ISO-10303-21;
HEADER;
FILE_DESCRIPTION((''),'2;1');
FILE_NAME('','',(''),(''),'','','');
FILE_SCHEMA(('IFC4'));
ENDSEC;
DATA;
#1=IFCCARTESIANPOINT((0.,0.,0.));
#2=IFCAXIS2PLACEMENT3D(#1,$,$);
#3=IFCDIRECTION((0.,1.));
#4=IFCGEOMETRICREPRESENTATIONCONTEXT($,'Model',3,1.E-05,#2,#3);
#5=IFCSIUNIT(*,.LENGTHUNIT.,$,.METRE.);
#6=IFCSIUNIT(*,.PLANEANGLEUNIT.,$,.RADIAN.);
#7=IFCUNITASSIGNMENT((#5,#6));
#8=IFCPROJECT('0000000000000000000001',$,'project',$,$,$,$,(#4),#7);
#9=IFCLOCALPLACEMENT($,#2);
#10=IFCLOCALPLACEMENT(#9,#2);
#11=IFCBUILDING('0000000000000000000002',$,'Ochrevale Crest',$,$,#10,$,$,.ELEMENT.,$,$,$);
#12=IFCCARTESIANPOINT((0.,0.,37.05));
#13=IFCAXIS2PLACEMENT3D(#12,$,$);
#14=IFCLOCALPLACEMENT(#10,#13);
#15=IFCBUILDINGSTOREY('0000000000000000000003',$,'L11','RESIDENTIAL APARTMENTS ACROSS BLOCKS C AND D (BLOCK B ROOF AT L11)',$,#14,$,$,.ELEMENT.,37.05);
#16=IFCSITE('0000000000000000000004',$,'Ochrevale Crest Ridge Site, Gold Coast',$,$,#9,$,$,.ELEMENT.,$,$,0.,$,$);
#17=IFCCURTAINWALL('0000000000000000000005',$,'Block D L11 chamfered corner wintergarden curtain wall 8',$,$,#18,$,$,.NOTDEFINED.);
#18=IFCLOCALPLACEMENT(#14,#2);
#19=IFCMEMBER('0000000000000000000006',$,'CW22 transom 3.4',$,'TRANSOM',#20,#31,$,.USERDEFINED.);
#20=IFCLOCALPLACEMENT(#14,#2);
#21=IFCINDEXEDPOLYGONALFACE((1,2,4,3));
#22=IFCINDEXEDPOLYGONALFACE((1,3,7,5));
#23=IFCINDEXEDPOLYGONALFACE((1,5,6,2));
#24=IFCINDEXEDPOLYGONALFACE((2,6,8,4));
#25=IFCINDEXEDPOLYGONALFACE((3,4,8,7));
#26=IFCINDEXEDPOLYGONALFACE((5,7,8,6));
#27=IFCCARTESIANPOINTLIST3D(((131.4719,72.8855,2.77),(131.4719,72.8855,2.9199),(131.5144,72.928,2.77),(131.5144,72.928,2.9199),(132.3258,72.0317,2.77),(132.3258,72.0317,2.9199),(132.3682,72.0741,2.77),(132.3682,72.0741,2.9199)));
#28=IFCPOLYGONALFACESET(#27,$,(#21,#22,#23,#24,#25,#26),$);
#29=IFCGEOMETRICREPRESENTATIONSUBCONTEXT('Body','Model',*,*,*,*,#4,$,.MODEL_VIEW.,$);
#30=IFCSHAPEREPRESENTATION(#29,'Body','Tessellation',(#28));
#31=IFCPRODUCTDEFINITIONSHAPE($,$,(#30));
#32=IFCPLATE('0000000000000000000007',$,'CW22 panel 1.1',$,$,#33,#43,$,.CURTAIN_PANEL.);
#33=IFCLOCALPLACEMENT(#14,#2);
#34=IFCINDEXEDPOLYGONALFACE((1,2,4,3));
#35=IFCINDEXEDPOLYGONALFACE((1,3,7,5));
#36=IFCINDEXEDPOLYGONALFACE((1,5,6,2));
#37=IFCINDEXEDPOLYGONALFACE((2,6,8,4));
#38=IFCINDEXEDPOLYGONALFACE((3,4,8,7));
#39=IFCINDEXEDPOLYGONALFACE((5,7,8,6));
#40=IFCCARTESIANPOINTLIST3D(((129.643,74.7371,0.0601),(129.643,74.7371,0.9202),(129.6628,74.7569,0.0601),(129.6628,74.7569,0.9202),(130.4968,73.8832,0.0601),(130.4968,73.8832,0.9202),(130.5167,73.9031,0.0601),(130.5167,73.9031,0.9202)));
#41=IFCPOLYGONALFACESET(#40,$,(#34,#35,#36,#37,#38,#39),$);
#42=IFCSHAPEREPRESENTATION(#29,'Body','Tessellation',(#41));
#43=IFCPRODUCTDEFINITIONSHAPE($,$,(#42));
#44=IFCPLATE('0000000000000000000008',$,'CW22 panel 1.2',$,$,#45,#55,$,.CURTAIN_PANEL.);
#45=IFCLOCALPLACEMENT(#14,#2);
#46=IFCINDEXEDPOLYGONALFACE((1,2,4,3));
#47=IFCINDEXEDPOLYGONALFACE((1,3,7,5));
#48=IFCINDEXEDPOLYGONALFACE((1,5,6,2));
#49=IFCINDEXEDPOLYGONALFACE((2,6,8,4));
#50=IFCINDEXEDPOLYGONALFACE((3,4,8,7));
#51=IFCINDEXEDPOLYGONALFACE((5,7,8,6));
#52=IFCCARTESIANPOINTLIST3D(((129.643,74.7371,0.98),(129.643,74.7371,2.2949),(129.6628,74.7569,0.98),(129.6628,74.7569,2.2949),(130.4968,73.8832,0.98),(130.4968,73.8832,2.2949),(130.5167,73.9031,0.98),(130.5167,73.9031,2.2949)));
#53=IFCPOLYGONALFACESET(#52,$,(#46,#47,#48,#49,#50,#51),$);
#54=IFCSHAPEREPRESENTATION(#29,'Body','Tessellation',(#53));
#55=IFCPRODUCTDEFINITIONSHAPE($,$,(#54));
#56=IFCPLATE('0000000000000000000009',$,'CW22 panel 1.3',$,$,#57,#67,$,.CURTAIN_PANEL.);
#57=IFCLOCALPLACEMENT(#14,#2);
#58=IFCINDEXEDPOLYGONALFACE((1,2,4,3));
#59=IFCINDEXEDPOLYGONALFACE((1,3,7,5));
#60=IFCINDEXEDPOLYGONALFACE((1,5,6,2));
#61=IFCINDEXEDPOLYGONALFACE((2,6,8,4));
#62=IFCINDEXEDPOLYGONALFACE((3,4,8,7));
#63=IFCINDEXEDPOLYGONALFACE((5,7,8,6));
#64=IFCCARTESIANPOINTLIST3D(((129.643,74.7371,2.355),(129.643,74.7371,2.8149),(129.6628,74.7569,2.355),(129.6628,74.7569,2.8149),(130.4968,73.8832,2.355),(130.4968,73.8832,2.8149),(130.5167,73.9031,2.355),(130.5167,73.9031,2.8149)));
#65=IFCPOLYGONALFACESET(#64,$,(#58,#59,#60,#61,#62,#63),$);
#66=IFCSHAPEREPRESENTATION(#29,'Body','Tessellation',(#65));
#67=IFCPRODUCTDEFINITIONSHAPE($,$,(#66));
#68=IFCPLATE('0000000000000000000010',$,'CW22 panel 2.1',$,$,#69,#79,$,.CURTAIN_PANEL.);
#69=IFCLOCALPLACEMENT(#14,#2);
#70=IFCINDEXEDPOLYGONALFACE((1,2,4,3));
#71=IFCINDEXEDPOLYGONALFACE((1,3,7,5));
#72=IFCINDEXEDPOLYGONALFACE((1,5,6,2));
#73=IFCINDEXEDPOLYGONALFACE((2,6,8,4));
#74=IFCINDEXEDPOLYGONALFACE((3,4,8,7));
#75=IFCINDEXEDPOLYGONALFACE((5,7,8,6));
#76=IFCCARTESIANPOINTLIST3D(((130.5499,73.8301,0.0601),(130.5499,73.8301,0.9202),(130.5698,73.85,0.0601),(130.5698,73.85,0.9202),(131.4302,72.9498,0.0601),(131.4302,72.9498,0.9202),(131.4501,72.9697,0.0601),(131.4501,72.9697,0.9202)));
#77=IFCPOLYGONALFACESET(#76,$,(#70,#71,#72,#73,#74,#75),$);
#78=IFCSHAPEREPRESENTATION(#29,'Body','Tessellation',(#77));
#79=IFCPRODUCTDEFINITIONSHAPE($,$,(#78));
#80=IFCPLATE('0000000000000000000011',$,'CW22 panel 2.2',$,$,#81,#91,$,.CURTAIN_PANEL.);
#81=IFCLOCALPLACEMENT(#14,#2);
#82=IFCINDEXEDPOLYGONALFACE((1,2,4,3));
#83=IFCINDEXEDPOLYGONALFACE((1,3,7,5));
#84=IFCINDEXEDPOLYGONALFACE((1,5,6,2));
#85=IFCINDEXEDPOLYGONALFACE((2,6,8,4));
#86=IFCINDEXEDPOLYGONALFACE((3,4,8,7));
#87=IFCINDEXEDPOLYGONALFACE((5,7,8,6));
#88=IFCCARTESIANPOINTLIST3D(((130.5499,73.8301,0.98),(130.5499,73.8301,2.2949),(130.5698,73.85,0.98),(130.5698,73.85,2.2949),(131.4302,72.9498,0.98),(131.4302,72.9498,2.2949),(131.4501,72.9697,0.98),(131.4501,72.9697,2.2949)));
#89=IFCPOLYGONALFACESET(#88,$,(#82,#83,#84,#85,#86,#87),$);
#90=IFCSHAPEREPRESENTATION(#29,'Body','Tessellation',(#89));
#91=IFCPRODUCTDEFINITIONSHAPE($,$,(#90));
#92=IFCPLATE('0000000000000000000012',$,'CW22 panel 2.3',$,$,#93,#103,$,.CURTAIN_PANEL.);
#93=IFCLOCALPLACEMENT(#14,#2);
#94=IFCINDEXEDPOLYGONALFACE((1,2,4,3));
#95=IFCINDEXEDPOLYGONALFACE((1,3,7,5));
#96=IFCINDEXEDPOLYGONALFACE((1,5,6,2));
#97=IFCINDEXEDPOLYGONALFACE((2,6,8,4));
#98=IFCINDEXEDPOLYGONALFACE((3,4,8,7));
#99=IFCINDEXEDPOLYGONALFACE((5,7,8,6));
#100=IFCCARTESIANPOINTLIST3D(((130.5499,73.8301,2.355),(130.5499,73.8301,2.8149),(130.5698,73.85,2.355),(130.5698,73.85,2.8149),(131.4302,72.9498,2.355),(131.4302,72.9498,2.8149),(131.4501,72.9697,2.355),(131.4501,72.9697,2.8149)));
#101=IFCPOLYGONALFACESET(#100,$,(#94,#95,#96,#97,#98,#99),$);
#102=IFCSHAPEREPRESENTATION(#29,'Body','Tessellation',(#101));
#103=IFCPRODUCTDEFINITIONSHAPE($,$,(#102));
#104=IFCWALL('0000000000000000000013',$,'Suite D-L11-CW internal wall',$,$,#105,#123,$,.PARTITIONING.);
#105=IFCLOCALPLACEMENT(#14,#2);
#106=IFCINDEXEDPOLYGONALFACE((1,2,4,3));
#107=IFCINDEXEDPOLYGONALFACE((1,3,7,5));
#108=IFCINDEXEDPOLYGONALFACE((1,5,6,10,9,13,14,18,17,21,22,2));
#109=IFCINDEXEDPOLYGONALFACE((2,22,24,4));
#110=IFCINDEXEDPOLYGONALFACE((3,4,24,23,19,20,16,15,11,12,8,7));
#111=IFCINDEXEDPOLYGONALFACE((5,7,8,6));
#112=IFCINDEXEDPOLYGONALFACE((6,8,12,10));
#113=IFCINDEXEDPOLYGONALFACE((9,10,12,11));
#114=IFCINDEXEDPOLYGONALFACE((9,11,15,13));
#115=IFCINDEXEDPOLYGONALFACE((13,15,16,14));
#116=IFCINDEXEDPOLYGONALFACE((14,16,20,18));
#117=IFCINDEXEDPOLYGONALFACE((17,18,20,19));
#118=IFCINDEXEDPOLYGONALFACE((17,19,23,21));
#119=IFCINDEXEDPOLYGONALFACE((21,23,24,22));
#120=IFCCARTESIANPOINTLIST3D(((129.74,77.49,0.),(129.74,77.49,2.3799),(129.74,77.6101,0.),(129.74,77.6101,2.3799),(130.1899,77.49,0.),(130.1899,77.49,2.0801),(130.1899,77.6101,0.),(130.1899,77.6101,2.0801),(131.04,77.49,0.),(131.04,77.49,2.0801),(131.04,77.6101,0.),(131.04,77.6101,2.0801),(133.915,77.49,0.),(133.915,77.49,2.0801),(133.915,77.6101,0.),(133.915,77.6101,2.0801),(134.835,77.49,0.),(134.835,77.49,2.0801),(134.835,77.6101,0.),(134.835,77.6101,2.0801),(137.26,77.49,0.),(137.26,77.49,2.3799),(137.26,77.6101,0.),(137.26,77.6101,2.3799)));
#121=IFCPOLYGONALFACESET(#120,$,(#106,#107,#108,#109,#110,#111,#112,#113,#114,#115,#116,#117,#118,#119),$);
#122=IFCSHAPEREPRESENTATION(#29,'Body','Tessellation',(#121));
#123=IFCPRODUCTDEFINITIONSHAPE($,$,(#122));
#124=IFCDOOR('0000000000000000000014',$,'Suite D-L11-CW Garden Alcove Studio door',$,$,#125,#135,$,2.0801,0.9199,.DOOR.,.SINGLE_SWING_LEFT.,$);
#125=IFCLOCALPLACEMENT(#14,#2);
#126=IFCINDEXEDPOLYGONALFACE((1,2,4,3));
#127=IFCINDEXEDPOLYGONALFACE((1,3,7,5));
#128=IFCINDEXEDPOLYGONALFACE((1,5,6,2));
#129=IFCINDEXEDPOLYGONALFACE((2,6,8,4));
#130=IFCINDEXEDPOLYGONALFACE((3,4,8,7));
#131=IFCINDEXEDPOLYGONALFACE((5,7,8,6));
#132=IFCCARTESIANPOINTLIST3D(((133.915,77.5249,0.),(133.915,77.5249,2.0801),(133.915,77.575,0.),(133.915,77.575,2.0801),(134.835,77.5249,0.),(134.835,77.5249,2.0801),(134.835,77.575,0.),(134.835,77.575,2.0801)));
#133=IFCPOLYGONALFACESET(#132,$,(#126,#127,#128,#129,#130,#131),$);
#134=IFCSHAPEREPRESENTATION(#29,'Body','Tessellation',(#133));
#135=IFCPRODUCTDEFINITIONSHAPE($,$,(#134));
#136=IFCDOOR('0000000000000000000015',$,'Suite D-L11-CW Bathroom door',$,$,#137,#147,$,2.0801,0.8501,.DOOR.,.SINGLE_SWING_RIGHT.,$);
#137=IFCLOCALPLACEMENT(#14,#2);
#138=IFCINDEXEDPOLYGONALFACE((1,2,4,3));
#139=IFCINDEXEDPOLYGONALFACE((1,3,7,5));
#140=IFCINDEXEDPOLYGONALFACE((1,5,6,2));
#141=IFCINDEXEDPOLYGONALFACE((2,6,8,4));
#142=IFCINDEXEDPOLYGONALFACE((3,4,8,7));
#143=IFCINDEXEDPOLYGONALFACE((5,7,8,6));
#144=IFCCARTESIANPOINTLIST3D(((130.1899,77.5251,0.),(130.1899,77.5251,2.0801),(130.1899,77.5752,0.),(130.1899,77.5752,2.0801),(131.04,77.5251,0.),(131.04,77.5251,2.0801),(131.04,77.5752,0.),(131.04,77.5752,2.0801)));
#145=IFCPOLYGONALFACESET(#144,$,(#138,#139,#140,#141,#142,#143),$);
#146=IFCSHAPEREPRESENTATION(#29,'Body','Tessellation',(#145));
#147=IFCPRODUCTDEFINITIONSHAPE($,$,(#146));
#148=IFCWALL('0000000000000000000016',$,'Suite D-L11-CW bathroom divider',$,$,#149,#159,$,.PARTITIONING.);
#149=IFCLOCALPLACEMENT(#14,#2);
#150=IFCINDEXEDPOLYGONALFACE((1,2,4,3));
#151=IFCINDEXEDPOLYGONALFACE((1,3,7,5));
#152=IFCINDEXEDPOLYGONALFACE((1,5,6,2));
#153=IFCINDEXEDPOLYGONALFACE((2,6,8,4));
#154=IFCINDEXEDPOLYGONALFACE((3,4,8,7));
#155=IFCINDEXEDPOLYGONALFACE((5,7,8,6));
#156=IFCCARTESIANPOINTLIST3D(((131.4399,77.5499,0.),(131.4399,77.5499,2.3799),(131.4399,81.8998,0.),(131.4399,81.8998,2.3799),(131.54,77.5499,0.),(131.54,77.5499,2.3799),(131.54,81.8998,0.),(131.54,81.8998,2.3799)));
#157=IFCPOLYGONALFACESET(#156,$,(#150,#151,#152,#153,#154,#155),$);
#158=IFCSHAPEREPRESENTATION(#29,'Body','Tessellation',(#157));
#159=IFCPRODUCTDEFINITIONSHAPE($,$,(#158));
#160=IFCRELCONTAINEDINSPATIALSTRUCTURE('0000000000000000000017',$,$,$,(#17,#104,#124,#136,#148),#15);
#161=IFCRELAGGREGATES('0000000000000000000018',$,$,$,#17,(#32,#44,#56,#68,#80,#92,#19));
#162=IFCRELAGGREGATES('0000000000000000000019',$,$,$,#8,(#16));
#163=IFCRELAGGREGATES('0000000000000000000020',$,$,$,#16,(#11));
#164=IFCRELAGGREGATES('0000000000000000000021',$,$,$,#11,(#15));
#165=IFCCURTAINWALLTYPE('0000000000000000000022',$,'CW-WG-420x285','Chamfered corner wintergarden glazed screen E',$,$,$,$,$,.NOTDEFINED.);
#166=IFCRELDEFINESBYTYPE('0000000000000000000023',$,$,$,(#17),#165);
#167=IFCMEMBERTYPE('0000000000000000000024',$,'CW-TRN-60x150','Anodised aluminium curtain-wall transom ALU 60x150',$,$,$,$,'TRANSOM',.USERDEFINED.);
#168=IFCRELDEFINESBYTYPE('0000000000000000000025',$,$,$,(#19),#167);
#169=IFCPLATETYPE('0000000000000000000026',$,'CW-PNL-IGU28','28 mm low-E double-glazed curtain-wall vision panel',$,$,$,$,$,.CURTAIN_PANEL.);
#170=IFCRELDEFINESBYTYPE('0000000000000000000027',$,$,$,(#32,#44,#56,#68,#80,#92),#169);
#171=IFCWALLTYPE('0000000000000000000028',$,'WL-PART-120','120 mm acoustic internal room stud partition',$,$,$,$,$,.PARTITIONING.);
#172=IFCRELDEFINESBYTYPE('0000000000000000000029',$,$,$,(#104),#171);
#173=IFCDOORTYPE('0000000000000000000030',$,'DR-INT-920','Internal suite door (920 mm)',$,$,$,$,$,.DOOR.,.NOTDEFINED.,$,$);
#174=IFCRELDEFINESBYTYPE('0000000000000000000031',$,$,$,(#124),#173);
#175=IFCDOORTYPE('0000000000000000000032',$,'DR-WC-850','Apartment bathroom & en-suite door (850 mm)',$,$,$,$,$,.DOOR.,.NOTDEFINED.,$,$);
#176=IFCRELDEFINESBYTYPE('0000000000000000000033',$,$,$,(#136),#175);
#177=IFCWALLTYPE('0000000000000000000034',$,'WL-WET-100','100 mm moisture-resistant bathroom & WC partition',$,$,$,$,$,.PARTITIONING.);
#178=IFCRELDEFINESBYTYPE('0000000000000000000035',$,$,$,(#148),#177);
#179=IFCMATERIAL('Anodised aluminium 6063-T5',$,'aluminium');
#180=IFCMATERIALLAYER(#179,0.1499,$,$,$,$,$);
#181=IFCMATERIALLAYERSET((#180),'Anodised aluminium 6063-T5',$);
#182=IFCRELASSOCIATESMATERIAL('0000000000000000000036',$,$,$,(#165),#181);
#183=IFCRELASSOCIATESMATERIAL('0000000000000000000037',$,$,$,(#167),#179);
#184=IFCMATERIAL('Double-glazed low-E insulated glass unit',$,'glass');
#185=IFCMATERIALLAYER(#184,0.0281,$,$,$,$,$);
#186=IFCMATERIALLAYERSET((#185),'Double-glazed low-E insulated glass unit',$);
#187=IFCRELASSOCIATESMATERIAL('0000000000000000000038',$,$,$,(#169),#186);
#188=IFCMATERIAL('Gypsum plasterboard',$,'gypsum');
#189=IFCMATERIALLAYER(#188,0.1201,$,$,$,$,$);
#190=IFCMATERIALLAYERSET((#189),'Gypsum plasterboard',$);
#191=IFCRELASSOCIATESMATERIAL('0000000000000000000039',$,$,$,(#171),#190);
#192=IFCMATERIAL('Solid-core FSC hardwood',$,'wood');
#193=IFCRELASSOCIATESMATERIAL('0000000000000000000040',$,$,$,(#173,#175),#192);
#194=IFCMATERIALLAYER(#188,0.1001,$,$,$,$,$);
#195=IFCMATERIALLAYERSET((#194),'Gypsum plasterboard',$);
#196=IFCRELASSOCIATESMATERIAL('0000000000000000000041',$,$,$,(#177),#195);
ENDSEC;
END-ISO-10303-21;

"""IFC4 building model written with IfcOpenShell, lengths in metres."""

from ifc_helpers import new_model, si_unit, direction, frame, frame_2d, origin, origin_2d, place, context, subcontext, project, spatial, rectangle, extrude, material, layer, layer_set, material_profile, profile_set, type_object, element, fill, aggregate, save


model = new_model("IFC4")

# Units and contexts
model_context = context("Model", 3, precision=1e-05, world=origin(), true_north=direction((0.0, 1.0)))
body_context = subcontext(model_context, "Body", "Model", "MODEL_VIEW")
ifc_project = project(units=[si_unit("LENGTHUNIT", "METRE"), si_unit("PLANEANGLEUNIT", "RADIAN")], contexts=[model_context])

# Site, building, storey
site_placement = place(None, origin())
site = spatial("IfcSite", under=ifc_project, at=site_placement, Name="Ochrevale Crest Ridge Site, Gold Coast", CompositionType="ELEMENT", RefElevation=0.0)
building_placement = place(site_placement, origin())
building = spatial("IfcBuilding", under=site, at=building_placement, Name="Ochrevale Crest", CompositionType="ELEMENT")
storey_placement = place(building_placement, frame((0.0, 0.0, 37.05)))
storey = spatial("IfcBuildingStorey", under=building, at=storey_placement, Name="L11", Description="RESIDENTIAL APARTMENTS ACROSS BLOCKS C AND D (BLOCK B ROOF AT L11)", CompositionType="ELEMENT", Elevation=37.05)

# Curtain wall, member, plates
ifc_material_1 = material(Name="Anodised aluminium 6063-T5", Category="aluminium")
ifc_layer_1 = layer(ifc_material_1, 0.1499)
ifc_layer_set_1 = layer_set([ifc_layer_1], Name="Anodised aluminium 6063-T5")
curtain_wall_type = type_object("IfcCurtainWallType", Name="CW-WG-420x285", Description="Chamfered corner wintergarden glazed screen E", PredefinedType="NOTDEFINED", material=ifc_layer_set_1)
curtain_wall_placement = place(storey_placement, origin())
curtain_wall = element("IfcCurtainWall", 1, at=curtain_wall_placement, inside=storey, type_object=curtain_wall_type, Name="Block D L11 chamfered corner wintergarden curtain wall 8", PredefinedType="NOTDEFINED")
ifc_material_profile_1 = material_profile(ifc_material_1, rectangle(XDim=0.0601, YDim=0.1499, at=origin_2d()), Name="ALU 60x150")
ifc_profile_set_1 = profile_set([ifc_material_profile_1], Name="Anodised aluminium 6063-T5")
member_type_1 = type_object("IfcMemberType", Name="CW-TRN-60x150", Description="Anodised aluminium curtain-wall transom ALU 60x150", ElementType="TRANSOM", PredefinedType="USERDEFINED", material=ifc_profile_set_1)
member_1_placement = place(storey_placement, frame((131.4932, 72.9067, 2.845), z_axis=(0.707107, -0.707107, 0.0), x_axis=(0.707107, 0.707107, 0.0)))
member_1 = element("IfcMember", 2, at=member_1_placement, type_object=member_type_1, Name="CW22 transom 3.4", ObjectType="TRANSOM", PredefinedType="USERDEFINED", context=body_context, shape_type="SweptSolid", body=[
    extrude(rectangle(XDim=0.0601, YDim=0.1499, at=origin_2d()), origin(), (0.0, 0.0, 1.0), 1.2075),
])
ifc_material_2 = material(Name="Double-glazed low-E insulated glass unit", Category="glass")
ifc_layer_2 = layer(ifc_material_2, 0.0281)
ifc_layer_set_2 = layer_set([ifc_layer_2], Name="Double-glazed low-E insulated glass unit")
plate_type = type_object("IfcPlateType", Name="CW-PNL-IGU28", Description="28 mm low-E double-glazed curtain-wall vision panel", PredefinedType="CURTAIN_PANEL", material=ifc_layer_set_2)
plate_1_placement = place(storey_placement, frame((130.0798, 74.3201, 0.0601), z_axis=(0.0, 0.0, 1.0), x_axis=(0.707107, -0.707107, 0.0)))
plate_1 = element("IfcPlate", 3, at=plate_1_placement, type_object=plate_type, Name="CW22 panel 1.1", PredefinedType="CURTAIN_PANEL", context=body_context, shape_type="SweptSolid", body=[
    extrude(rectangle(XDim=1.2075, YDim=0.0281, at=origin_2d()), origin(), (0.0, 0.0, 1.0), 0.8601),
])
plate_2_placement = place(storey_placement, frame((130.0798, 74.3201, 0.98), z_axis=(0.0, 0.0, 1.0), x_axis=(0.707107, -0.707107, 0.0)))
plate_2 = element("IfcPlate", 4, at=plate_2_placement, type_object=plate_type, Name="CW22 panel 1.2", PredefinedType="CURTAIN_PANEL", context=body_context, shape_type="SweptSolid", body=[
    extrude(rectangle(XDim=1.2075, YDim=0.0281, at=origin_2d()), origin(), (0.0, 0.0, 1.0), 1.3149),
])
plate_3_placement = place(storey_placement, frame((130.0798, 74.3201, 2.355), z_axis=(0.0, 0.0, 1.0), x_axis=(0.707107, -0.707107, 0.0)))
plate_3 = element("IfcPlate", 5, at=plate_3_placement, type_object=plate_type, Name="CW22 panel 1.3", PredefinedType="CURTAIN_PANEL", context=body_context, shape_type="SweptSolid", body=[
    extrude(rectangle(XDim=1.2075, YDim=0.0281, at=origin_2d()), origin(), (0.0, 0.0, 1.0), 0.46),
])
plate_4_placement = place(storey_placement, frame((131.0, 73.3999, 0.0601), z_axis=(0.0, 0.0, 1.0), x_axis=(0.707107, -0.707107, 0.0)))
plate_4 = element("IfcPlate", 6, at=plate_4_placement, type_object=plate_type, Name="CW22 panel 2.1", PredefinedType="CURTAIN_PANEL", context=body_context, shape_type="SweptSolid", body=[
    extrude(rectangle(XDim=1.2449, YDim=0.0281, at=origin_2d()), origin(), (0.0, 0.0, 1.0), 0.8601),
])
plate_5_placement = place(storey_placement, frame((131.0, 73.3999, 0.98), z_axis=(0.0, 0.0, 1.0), x_axis=(0.707107, -0.707107, 0.0)))
plate_5 = element("IfcPlate", 7, at=plate_5_placement, type_object=plate_type, Name="CW22 panel 2.2", PredefinedType="CURTAIN_PANEL", context=body_context, shape_type="SweptSolid", body=[
    extrude(rectangle(XDim=1.2449, YDim=0.0281, at=origin_2d()), origin(), (0.0, 0.0, 1.0), 1.3149),
])
plate_6_placement = place(storey_placement, frame((131.0, 73.3999, 2.355), z_axis=(0.0, 0.0, 1.0), x_axis=(0.707107, -0.707107, 0.0)))
plate_6 = element("IfcPlate", 8, at=plate_6_placement, type_object=plate_type, Name="CW22 panel 2.3", PredefinedType="CURTAIN_PANEL", context=body_context, shape_type="SweptSolid", body=[
    extrude(rectangle(XDim=1.2449, YDim=0.0281, at=origin_2d()), origin(), (0.0, 0.0, 1.0), 0.46),
])
aggregate(curtain_wall, [plate_1, plate_2, plate_3, plate_4, plate_5, plate_6, member_1])

# Wall, openings, doors
ifc_material_3 = material(Name="Gypsum plasterboard", Category="gypsum")
ifc_layer_3 = layer(ifc_material_3, 0.1201)
ifc_layer_set_3 = layer_set([ifc_layer_3], Name="Gypsum plasterboard")
wall_type_1 = type_object("IfcWallType", Name="WL-PART-120", Description="120 mm acoustic internal room stud partition", PredefinedType="PARTITIONING", material=ifc_layer_set_3)
wall_1_placement = place(storey_placement, frame((129.74, 77.55, 0.0), z_axis=(0.0, 0.0, 1.0), x_axis=(1.0, 0.0, 0.0)))
wall_1 = element("IfcWall", 9, at=wall_1_placement, inside=storey, type_object=wall_type_1, Name="Suite D-L11-CW internal wall", PredefinedType="PARTITIONING", context=body_context, shape_type="SweptSolid", body=[
    extrude(rectangle(XDim=7.52, YDim=0.1201, at=frame_2d((3.76, 0.0))), origin(), (0.0, 0.0, 1.0), 2.3799),
])
opening_1_placement = place(wall_1_placement, frame((1.3, 0.0, 0.0), z_axis=(0.0, 0.0, 1.0), x_axis=(-1.0, 0.0, 0.0)))
opening_1 = element("IfcOpeningElement", 10, at=opening_1_placement, cuts=wall_1, PredefinedType="OPENING", context=body_context, shape_type="SweptSolid", body=[
    extrude(rectangle(XDim=0.8501, YDim=2.0801, at=frame_2d((0.425, 1.04))), frame((0.0, 0.0701, 0.0), z_axis=(0.0, -1.0, 0.0), x_axis=(1.0, 0.0, 0.0)), (0.0, 0.0, 1.0), 0.1401),
])
opening_2_placement = place(wall_1_placement, frame((4.175, 0.0, 0.0)))
opening_2 = element("IfcOpeningElement", 11, at=opening_2_placement, cuts=wall_1, PredefinedType="OPENING", context=body_context, shape_type="SweptSolid", body=[
    extrude(rectangle(XDim=0.9199, YDim=2.0801, at=frame_2d((0.46, 1.04))), frame((0.0, 0.0701, 0.0), z_axis=(0.0, -1.0, 0.0), x_axis=(1.0, 0.0, 0.0)), (0.0, 0.0, 1.0), 0.1401),
])
ifc_material_4 = material(Name="Solid-core FSC hardwood", Category="wood")
door_type_1 = type_object("IfcDoorType", Name="DR-INT-920", Description="Internal suite door (920 mm)", OperationType="NOTDEFINED", PredefinedType="DOOR", material=ifc_material_4)
door_1_placement = place(opening_2_placement, origin())
door_1 = element("IfcDoor", 12, at=door_1_placement, inside=storey, type_object=door_type_1, Name="Suite D-L11-CW Garden Alcove Studio door", OperationType="SINGLE_SWING_LEFT", OverallHeight=2.0801, OverallWidth=0.9199, PredefinedType="DOOR", context=body_context, shape_type="SweptSolid", body=[
    extrude(rectangle(XDim=0.9199, YDim=2.0801, at=frame_2d((0.46, 1.04))), frame((0.0, 0.0249, 0.0), z_axis=(0.0, -1.0, 0.0), x_axis=(1.0, 0.0, 0.0)), (0.0, 0.0, 1.0), 0.05),
])
fill(opening_2, door_1)
door_type_2 = type_object("IfcDoorType", Name="DR-WC-850", Description="Apartment bathroom & en-suite door (850 mm)", OperationType="NOTDEFINED", PredefinedType="DOOR", material=ifc_material_4)
door_2_placement = place(opening_1_placement, origin())
door_2 = element("IfcDoor", 13, at=door_2_placement, inside=storey, type_object=door_type_2, Name="Suite D-L11-CW Bathroom door", OperationType="SINGLE_SWING_RIGHT", OverallHeight=2.0801, OverallWidth=0.8501, PredefinedType="DOOR", context=body_context, shape_type="SweptSolid", body=[
    extrude(rectangle(XDim=0.8501, YDim=2.0801, at=frame_2d((0.425, 1.04))), frame((0.0, 0.0249, 0.0), z_axis=(0.0, -1.0, 0.0), x_axis=(1.0, 0.0, 0.0)), (0.0, 0.0, 1.0), 0.05),
])
fill(opening_1, door_2)

# Wall
ifc_layer_4 = layer(ifc_material_3, 0.1001)
ifc_layer_set_4 = layer_set([ifc_layer_4], Name="Gypsum plasterboard")
wall_type_2 = type_object("IfcWallType", Name="WL-WET-100", Description="100 mm moisture-resistant bathroom & WC partition", PredefinedType="PARTITIONING", material=ifc_layer_set_4)
wall_2_placement = place(storey_placement, frame((131.49, 77.55, 0.0), z_axis=(0.0, 0.0, 1.0), x_axis=(0.0, 1.0, 0.0)))
element("IfcWall", 14, at=wall_2_placement, inside=storey, type_object=wall_type_2, Name="Suite D-L11-CW bathroom divider", PredefinedType="PARTITIONING", context=body_context, shape_type="SweptSolid", body=[
    extrude(rectangle(XDim=4.3499, YDim=0.1001, at=frame_2d((2.1748, 0.0))), origin(), (0.0, 0.0, 1.0), 2.3799),
])

save(model, "model.ifc")
